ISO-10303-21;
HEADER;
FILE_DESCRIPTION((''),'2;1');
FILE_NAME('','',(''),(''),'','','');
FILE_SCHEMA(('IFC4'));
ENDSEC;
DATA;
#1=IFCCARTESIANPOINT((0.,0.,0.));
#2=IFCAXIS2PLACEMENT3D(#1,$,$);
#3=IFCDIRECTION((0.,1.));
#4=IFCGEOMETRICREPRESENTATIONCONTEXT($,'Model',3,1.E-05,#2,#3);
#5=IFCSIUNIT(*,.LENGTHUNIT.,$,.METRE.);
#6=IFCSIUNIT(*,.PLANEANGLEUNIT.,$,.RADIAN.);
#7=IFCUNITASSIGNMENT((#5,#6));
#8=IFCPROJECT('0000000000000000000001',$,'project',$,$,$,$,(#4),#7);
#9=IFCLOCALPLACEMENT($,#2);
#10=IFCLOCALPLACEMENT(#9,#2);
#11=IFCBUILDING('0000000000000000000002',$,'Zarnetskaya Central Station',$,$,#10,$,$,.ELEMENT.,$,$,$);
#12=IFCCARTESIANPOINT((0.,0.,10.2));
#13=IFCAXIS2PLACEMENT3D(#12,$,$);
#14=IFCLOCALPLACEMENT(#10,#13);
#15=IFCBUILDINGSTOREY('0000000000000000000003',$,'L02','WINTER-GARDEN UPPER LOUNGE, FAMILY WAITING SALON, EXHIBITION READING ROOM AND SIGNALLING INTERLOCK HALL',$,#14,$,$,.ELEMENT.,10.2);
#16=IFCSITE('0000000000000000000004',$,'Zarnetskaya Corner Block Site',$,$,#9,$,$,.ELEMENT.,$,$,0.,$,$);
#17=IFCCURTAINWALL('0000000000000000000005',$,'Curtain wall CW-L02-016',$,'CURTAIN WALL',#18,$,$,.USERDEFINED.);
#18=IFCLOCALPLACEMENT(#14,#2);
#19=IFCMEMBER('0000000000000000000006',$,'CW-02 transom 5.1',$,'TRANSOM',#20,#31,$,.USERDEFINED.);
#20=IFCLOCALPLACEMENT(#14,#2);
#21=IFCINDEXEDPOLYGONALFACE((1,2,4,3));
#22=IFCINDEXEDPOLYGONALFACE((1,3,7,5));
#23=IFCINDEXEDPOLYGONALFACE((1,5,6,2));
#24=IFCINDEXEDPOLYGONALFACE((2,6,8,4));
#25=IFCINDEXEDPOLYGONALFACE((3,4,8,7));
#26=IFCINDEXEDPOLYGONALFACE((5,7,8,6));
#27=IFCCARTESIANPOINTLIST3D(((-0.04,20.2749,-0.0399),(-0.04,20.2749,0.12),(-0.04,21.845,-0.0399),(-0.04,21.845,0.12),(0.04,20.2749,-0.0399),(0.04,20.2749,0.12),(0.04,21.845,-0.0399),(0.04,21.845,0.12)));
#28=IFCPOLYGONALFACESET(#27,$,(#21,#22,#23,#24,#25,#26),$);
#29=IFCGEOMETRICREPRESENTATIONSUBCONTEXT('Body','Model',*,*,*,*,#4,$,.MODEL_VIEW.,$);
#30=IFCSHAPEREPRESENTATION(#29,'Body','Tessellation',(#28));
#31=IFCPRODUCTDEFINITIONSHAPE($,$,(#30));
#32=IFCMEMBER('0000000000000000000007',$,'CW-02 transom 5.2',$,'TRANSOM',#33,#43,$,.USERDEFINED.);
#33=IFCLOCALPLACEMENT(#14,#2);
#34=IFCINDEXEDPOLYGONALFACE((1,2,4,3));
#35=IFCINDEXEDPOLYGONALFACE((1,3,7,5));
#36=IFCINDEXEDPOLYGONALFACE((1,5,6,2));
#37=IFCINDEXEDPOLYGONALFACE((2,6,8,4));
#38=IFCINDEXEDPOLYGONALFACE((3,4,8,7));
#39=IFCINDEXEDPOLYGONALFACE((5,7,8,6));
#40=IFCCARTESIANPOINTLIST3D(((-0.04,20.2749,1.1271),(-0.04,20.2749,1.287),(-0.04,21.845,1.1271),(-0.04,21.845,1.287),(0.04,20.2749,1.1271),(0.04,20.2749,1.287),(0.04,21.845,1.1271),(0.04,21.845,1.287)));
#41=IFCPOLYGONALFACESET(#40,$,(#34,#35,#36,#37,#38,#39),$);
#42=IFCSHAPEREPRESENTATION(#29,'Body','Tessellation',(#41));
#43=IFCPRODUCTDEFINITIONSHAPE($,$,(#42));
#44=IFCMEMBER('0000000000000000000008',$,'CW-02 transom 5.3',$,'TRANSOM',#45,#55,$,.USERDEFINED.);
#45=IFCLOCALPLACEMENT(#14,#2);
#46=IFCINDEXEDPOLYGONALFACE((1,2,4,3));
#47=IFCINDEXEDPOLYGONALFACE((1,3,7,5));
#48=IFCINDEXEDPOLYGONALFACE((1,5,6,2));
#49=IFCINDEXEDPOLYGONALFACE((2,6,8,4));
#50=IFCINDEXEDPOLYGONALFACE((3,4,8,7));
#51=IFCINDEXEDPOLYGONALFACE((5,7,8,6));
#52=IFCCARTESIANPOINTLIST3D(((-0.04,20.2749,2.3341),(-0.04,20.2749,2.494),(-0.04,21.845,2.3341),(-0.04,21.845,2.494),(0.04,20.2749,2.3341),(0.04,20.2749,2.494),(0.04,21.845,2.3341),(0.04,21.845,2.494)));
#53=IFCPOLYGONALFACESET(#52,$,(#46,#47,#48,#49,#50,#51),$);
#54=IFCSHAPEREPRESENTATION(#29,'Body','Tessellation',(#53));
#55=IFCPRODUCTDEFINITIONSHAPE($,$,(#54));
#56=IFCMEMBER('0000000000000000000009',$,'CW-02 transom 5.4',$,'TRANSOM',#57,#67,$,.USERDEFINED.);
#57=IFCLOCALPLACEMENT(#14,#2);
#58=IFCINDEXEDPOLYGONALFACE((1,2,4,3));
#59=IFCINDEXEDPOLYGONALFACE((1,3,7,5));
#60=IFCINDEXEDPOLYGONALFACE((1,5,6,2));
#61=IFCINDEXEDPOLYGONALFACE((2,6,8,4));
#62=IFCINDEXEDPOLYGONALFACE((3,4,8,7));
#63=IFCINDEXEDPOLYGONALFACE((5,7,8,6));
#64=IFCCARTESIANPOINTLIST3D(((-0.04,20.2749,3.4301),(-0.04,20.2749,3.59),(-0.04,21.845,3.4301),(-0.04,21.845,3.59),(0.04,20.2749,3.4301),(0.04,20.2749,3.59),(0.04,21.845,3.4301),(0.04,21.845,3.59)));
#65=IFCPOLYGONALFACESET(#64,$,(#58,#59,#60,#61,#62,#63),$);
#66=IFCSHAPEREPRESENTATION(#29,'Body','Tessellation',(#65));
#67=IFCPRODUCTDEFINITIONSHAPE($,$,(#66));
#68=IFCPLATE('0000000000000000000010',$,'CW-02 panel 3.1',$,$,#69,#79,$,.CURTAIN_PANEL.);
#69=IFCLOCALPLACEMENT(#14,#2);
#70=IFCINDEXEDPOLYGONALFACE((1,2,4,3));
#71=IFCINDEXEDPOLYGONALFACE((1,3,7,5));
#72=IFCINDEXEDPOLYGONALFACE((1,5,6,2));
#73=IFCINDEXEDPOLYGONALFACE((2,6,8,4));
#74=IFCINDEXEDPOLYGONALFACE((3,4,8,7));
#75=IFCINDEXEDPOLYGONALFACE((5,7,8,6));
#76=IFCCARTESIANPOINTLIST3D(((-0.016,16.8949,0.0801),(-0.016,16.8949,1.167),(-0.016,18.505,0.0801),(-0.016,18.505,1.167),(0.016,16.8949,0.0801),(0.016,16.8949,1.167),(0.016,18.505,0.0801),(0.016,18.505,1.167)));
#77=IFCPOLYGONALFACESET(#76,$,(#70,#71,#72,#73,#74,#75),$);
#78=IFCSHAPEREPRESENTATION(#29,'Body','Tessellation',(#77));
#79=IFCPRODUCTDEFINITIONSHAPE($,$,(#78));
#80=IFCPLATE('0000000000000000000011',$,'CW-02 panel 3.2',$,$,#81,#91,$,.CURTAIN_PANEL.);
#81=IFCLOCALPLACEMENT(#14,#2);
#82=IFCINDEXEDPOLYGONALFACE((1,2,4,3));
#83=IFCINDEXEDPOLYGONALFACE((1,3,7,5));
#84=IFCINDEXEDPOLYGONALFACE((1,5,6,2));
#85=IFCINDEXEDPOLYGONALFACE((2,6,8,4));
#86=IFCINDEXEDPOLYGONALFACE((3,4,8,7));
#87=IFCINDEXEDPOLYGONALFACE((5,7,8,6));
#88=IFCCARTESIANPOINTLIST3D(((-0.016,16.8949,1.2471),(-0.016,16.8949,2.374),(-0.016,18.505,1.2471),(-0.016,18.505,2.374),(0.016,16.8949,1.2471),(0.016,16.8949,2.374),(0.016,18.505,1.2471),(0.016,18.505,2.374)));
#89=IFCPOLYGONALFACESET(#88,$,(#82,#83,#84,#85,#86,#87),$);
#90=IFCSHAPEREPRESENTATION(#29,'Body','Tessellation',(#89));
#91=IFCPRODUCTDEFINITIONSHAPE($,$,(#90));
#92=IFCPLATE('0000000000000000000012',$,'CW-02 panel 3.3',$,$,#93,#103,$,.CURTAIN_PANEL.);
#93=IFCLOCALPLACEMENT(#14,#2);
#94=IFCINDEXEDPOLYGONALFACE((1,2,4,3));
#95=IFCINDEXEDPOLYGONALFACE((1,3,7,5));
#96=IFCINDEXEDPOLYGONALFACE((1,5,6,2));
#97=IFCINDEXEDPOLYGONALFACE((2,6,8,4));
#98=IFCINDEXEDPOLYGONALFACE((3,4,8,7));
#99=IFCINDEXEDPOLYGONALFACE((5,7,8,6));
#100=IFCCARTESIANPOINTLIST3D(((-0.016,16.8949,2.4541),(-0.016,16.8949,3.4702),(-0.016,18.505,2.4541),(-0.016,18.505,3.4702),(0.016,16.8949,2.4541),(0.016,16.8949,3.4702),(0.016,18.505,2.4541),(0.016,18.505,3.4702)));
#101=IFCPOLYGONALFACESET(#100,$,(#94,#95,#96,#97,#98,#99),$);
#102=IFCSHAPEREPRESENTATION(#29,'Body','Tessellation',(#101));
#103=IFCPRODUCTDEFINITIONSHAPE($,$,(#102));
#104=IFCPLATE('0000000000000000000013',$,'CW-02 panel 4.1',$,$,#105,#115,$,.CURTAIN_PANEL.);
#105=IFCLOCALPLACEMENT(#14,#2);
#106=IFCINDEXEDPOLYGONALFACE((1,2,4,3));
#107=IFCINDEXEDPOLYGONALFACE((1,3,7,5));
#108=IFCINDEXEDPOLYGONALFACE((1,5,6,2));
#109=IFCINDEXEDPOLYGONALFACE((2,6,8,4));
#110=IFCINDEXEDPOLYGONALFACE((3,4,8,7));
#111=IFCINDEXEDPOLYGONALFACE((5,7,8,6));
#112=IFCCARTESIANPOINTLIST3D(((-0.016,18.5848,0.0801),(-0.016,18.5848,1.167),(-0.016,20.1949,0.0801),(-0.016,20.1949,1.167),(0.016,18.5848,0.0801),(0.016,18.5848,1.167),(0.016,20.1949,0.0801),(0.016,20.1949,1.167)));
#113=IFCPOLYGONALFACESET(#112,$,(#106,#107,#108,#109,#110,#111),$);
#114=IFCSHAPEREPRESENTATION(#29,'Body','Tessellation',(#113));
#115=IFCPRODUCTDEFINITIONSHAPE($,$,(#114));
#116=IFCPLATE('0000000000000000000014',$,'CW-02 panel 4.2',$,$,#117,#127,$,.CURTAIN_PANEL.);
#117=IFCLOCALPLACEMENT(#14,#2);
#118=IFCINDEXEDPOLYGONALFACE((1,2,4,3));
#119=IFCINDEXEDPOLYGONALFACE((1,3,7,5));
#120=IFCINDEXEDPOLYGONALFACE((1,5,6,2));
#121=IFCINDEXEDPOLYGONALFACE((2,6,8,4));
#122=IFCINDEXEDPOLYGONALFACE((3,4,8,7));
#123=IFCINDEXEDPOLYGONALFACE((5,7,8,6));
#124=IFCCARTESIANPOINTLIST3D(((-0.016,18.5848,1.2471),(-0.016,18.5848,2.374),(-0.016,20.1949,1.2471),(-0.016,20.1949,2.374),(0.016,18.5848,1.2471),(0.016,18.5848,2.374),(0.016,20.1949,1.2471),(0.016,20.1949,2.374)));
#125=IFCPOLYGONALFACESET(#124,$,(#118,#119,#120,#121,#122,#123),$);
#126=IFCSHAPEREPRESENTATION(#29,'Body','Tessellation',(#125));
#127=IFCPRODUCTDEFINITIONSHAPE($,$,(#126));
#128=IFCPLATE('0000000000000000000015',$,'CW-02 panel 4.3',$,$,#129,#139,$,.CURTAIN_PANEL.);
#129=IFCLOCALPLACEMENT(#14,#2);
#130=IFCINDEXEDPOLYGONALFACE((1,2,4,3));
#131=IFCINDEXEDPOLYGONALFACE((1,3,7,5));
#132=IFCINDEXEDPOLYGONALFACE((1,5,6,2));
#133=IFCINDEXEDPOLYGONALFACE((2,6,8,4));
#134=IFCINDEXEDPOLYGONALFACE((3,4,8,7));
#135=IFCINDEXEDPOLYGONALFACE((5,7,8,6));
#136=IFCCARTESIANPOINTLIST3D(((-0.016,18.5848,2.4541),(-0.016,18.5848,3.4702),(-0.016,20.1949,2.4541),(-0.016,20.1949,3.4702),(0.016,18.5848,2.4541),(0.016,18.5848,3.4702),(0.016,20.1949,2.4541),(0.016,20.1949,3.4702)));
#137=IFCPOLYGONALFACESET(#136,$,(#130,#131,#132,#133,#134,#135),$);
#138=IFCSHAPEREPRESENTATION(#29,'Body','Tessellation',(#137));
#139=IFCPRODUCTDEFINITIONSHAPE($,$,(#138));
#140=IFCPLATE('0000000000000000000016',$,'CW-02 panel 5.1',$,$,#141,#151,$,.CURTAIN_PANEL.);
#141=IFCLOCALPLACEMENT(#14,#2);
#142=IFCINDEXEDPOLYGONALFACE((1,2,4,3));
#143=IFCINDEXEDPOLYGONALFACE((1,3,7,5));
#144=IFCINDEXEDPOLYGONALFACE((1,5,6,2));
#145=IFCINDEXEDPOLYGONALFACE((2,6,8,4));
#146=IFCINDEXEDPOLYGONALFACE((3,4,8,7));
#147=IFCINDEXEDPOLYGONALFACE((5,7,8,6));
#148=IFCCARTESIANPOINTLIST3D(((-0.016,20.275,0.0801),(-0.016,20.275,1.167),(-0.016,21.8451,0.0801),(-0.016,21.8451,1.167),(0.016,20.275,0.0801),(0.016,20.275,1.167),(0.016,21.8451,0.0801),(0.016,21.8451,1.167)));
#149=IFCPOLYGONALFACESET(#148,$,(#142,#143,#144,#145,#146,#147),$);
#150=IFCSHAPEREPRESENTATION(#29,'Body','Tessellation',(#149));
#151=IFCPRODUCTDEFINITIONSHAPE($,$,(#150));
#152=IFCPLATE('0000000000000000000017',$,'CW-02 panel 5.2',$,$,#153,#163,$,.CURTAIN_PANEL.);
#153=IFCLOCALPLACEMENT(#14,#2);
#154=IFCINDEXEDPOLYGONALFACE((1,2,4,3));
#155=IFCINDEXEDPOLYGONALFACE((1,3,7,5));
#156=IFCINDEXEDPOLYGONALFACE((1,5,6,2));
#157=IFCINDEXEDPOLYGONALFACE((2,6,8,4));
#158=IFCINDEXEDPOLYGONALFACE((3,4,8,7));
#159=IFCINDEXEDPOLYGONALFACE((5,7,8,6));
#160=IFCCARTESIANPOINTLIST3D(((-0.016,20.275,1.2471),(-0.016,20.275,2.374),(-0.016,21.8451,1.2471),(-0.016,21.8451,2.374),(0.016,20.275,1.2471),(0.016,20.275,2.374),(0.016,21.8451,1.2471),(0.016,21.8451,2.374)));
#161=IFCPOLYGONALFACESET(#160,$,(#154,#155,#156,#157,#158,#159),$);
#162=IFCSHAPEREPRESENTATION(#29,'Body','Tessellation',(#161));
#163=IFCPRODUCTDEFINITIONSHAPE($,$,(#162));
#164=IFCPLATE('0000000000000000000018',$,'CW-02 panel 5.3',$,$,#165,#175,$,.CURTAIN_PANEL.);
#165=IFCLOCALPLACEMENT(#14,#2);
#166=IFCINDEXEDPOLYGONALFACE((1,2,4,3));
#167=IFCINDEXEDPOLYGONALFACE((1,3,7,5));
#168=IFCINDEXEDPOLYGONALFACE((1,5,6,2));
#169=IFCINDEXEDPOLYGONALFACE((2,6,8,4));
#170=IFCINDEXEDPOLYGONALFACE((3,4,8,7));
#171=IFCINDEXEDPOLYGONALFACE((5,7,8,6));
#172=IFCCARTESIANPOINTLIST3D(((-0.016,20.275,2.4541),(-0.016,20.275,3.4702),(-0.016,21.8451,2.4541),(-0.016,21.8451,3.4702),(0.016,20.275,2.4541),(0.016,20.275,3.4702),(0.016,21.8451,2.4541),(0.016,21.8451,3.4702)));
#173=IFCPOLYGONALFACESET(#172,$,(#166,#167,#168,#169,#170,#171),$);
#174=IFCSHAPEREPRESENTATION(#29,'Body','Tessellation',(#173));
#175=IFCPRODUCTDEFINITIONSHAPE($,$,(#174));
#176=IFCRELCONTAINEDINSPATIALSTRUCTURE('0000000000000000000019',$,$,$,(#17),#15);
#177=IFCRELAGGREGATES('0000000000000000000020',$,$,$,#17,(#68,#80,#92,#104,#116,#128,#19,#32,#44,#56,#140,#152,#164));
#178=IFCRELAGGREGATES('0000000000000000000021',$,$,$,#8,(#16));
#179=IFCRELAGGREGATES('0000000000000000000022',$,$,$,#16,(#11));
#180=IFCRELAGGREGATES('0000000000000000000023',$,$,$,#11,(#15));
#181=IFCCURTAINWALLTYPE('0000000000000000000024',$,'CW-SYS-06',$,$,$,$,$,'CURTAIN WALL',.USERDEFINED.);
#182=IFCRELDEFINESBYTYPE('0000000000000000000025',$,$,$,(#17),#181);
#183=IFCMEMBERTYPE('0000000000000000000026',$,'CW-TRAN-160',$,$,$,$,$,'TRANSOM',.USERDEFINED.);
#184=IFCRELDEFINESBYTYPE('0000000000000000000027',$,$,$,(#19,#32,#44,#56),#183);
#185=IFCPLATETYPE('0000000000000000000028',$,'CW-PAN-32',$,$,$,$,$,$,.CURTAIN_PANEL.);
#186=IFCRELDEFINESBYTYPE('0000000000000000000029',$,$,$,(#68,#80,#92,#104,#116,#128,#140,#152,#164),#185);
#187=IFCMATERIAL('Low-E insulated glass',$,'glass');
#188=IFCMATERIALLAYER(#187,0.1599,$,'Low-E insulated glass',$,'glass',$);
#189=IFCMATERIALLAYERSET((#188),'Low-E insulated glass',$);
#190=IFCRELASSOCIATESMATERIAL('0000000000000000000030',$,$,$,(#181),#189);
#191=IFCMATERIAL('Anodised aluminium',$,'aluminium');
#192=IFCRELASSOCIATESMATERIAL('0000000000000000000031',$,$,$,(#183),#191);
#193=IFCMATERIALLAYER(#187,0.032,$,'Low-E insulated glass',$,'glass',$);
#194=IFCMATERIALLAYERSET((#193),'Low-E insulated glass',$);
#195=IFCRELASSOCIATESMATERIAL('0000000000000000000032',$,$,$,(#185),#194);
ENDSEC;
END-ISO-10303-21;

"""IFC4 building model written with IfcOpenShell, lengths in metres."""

from ifc_helpers import new_model, si_unit, direction, frame, origin, origin_2d, place, context, subcontext, project, spatial, rectangle, extrude, material, layer, layer_set, material_profile, profile_set, type_object, element, aggregate, save


model = new_model("IFC4")

# Units and contexts
model_context = context("Model", 3, precision=1e-05, world=origin(), true_north=direction((0.0, 1.0)))
body_context = subcontext(model_context, "Body", "Model", "MODEL_VIEW")
ifc_project = project(units=[si_unit("LENGTHUNIT", "METRE"), si_unit("PLANEANGLEUNIT", "RADIAN")], contexts=[model_context])

# Site, building, storey
site_placement = place(None, origin())
site = spatial("IfcSite", under=ifc_project, at=site_placement, Name="Zarnetskaya Corner Block Site", CompositionType="ELEMENT", RefElevation=0.0)
building_placement = place(site_placement, origin())
building = spatial("IfcBuilding", under=site, at=building_placement, Name="Zarnetskaya Central Station", CompositionType="ELEMENT")
storey_placement = place(building_placement, frame((0.0, 0.0, 10.2)))
storey = spatial("IfcBuildingStorey", under=building, at=storey_placement, Name="L02", Description="WINTER-GARDEN UPPER LOUNGE, FAMILY WAITING SALON, EXHIBITION READING ROOM AND SIGNALLING INTERLOCK HALL", CompositionType="ELEMENT", Elevation=10.2)

# Curtain wall, members, plates
ifc_material_1 = material(Name="Low-E insulated glass", Category="glass")
ifc_layer_1 = layer(ifc_material_1, 0.1599, Name="Low-E insulated glass", Category="glass")
ifc_layer_set_1 = layer_set([ifc_layer_1], Name="Low-E insulated glass")
curtain_wall_type = type_object("IfcCurtainWallType", Name="CW-SYS-06", ElementType="CURTAIN WALL", PredefinedType="USERDEFINED", material=ifc_layer_set_1)
curtain_wall_placement = place(storey_placement, origin())
curtain_wall = element("IfcCurtainWall", 1, at=curtain_wall_placement, inside=storey, type_object=curtain_wall_type, Name="Curtain wall CW-L02-016", ObjectType="CURTAIN WALL", PredefinedType="USERDEFINED")
ifc_material_2 = material(Name="Anodised aluminium", Category="aluminium")
ifc_material_profile_1 = material_profile(ifc_material_2, rectangle(XDim=0.0801, YDim=0.1599, at=origin_2d()), Name="ALU TRAN 80x160")
ifc_profile_set_1 = profile_set([ifc_material_profile_1], Name="Anodised aluminium")
member_type_1 = type_object("IfcMemberType", Name="CW-TRAN-160", ElementType="TRANSOM", PredefinedType="USERDEFINED", material=ifc_profile_set_1)
member_1_placement = place(storey_placement, frame((0.0, 20.2749, 0.04), z_axis=(0.0, 1.0, 0.0), x_axis=(-1.0, 0.0, 0.0)))
member_1 = element("IfcMember", 2, at=member_1_placement, type_object=member_type_1, Name="CW-02 transom 5.1", ObjectType="TRANSOM", PredefinedType="USERDEFINED", context=body_context, shape_type="SweptSolid", body=[
    extrude(rectangle(XDim=0.0801, YDim=0.1599, at=origin_2d()), origin(), (0.0, 0.0, 1.0), 1.5701),
])
member_2_placement = place(storey_placement, frame((0.0, 20.2749, 1.207), z_axis=(0.0, 1.0, 0.0), x_axis=(-1.0, 0.0, 0.0)))
member_2 = element("IfcMember", 3, at=member_2_placement, type_object=member_type_1, Name="CW-02 transom 5.2", ObjectType="TRANSOM", PredefinedType="USERDEFINED", context=body_context, shape_type="SweptSolid", body=[
    extrude(rectangle(XDim=0.0801, YDim=0.1599, at=origin_2d()), origin(), (0.0, 0.0, 1.0), 1.5701),
])
member_3_placement = place(storey_placement, frame((0.0, 20.2749, 2.4141), z_axis=(0.0, 1.0, 0.0), x_axis=(-1.0, 0.0, 0.0)))
member_3 = element("IfcMember", 4, at=member_3_placement, type_object=member_type_1, Name="CW-02 transom 5.3", ObjectType="TRANSOM", PredefinedType="USERDEFINED", context=body_context, shape_type="SweptSolid", body=[
    extrude(rectangle(XDim=0.0801, YDim=0.1599, at=origin_2d()), origin(), (0.0, 0.0, 1.0), 1.5701),
])
member_4_placement = place(storey_placement, frame((0.0, 20.2749, 3.51), z_axis=(0.0, 1.0, 0.0), x_axis=(-1.0, 0.0, 0.0)))
member_4 = element("IfcMember", 5, at=member_4_placement, type_object=member_type_1, Name="CW-02 transom 5.4", ObjectType="TRANSOM", PredefinedType="USERDEFINED", context=body_context, shape_type="SweptSolid", body=[
    extrude(rectangle(XDim=0.0801, YDim=0.1599, at=origin_2d()), origin(), (0.0, 0.0, 1.0), 1.5701),
])
ifc_layer_2 = layer(ifc_material_1, 0.032, Name="Low-E insulated glass", Category="glass")
ifc_layer_set_2 = layer_set([ifc_layer_2], Name="Low-E insulated glass")
plate_type = type_object("IfcPlateType", Name="CW-PAN-32", PredefinedType="CURTAIN_PANEL", material=ifc_layer_set_2)
plate_1_placement = place(storey_placement, frame((0.0, 17.7, 0.0801), z_axis=(0.0, 0.0, 1.0), x_axis=(0.0, 1.0, 0.0)))
plate_1 = element("IfcPlate", 6, at=plate_1_placement, type_object=plate_type, Name="CW-02 panel 3.1", PredefinedType="CURTAIN_PANEL", context=body_context, shape_type="SweptSolid", body=[
    extrude(rectangle(XDim=1.6101, YDim=0.032, at=origin_2d()), origin(), (0.0, 0.0, 1.0), 1.0869),
])
plate_2_placement = place(storey_placement, frame((0.0, 17.7, 1.2471), z_axis=(0.0, 0.0, 1.0), x_axis=(0.0, 1.0, 0.0)))
plate_2 = element("IfcPlate", 7, at=plate_2_placement, type_object=plate_type, Name="CW-02 panel 3.2", PredefinedType="CURTAIN_PANEL", context=body_context, shape_type="SweptSolid", body=[
    extrude(rectangle(XDim=1.6101, YDim=0.032, at=origin_2d()), origin(), (0.0, 0.0, 1.0), 1.127),
])
plate_3_placement = place(storey_placement, frame((0.0, 17.7, 2.4541), z_axis=(0.0, 0.0, 1.0), x_axis=(0.0, 1.0, 0.0)))
plate_3 = element("IfcPlate", 8, at=plate_3_placement, type_object=plate_type, Name="CW-02 panel 3.3", PredefinedType="CURTAIN_PANEL", context=body_context, shape_type="SweptSolid", body=[
    extrude(rectangle(XDim=1.6101, YDim=0.032, at=origin_2d()), origin(), (0.0, 0.0, 1.0), 1.0161),
])
plate_4_placement = place(storey_placement, frame((0.0, 19.3899, 0.0801), z_axis=(0.0, 0.0, 1.0), x_axis=(0.0, 1.0, 0.0)))
plate_4 = element("IfcPlate", 9, at=plate_4_placement, type_object=plate_type, Name="CW-02 panel 4.1", PredefinedType="CURTAIN_PANEL", context=body_context, shape_type="SweptSolid", body=[
    extrude(rectangle(XDim=1.6101, YDim=0.032, at=origin_2d()), origin(), (0.0, 0.0, 1.0), 1.0869),
])
plate_5_placement = place(storey_placement, frame((0.0, 19.3899, 1.2471), z_axis=(0.0, 0.0, 1.0), x_axis=(0.0, 1.0, 0.0)))
plate_5 = element("IfcPlate", 10, at=plate_5_placement, type_object=plate_type, Name="CW-02 panel 4.2", PredefinedType="CURTAIN_PANEL", context=body_context, shape_type="SweptSolid", body=[
    extrude(rectangle(XDim=1.6101, YDim=0.032, at=origin_2d()), origin(), (0.0, 0.0, 1.0), 1.127),
])
plate_6_placement = place(storey_placement, frame((0.0, 19.3899, 2.4541), z_axis=(0.0, 0.0, 1.0), x_axis=(0.0, 1.0, 0.0)))
plate_6 = element("IfcPlate", 11, at=plate_6_placement, type_object=plate_type, Name="CW-02 panel 4.3", PredefinedType="CURTAIN_PANEL", context=body_context, shape_type="SweptSolid", body=[
    extrude(rectangle(XDim=1.6101, YDim=0.032, at=origin_2d()), origin(), (0.0, 0.0, 1.0), 1.0161),
])
plate_7_placement = place(storey_placement, frame((0.0, 21.0601, 0.0801), z_axis=(0.0, 0.0, 1.0), x_axis=(0.0, 1.0, 0.0)))
plate_7 = element("IfcPlate", 12, at=plate_7_placement, type_object=plate_type, Name="CW-02 panel 5.1", PredefinedType="CURTAIN_PANEL", context=body_context, shape_type="SweptSolid", body=[
    extrude(rectangle(XDim=1.5701, YDim=0.032, at=origin_2d()), origin(), (0.0, 0.0, 1.0), 1.0869),
])
plate_8_placement = place(storey_placement, frame((0.0, 21.0601, 1.2471), z_axis=(0.0, 0.0, 1.0), x_axis=(0.0, 1.0, 0.0)))
plate_8 = element("IfcPlate", 13, at=plate_8_placement, type_object=plate_type, Name="CW-02 panel 5.2", PredefinedType="CURTAIN_PANEL", context=body_context, shape_type="SweptSolid", body=[
    extrude(rectangle(XDim=1.5701, YDim=0.032, at=origin_2d()), origin(), (0.0, 0.0, 1.0), 1.127),
])
plate_9_placement = place(storey_placement, frame((0.0, 21.0601, 2.4541), z_axis=(0.0, 0.0, 1.0), x_axis=(0.0, 1.0, 0.0)))
plate_9 = element("IfcPlate", 14, at=plate_9_placement, type_object=plate_type, Name="CW-02 panel 5.3", PredefinedType="CURTAIN_PANEL", context=body_context, shape_type="SweptSolid", body=[
    extrude(rectangle(XDim=1.5701, YDim=0.032, at=origin_2d()), origin(), (0.0, 0.0, 1.0), 1.0161),
])
aggregate(curtain_wall, [plate_1, plate_2, plate_3, plate_4, plate_5, plate_6, member_1, member_2, member_3, member_4, plate_7, plate_8, plate_9])

save(model, "model.ifc")
